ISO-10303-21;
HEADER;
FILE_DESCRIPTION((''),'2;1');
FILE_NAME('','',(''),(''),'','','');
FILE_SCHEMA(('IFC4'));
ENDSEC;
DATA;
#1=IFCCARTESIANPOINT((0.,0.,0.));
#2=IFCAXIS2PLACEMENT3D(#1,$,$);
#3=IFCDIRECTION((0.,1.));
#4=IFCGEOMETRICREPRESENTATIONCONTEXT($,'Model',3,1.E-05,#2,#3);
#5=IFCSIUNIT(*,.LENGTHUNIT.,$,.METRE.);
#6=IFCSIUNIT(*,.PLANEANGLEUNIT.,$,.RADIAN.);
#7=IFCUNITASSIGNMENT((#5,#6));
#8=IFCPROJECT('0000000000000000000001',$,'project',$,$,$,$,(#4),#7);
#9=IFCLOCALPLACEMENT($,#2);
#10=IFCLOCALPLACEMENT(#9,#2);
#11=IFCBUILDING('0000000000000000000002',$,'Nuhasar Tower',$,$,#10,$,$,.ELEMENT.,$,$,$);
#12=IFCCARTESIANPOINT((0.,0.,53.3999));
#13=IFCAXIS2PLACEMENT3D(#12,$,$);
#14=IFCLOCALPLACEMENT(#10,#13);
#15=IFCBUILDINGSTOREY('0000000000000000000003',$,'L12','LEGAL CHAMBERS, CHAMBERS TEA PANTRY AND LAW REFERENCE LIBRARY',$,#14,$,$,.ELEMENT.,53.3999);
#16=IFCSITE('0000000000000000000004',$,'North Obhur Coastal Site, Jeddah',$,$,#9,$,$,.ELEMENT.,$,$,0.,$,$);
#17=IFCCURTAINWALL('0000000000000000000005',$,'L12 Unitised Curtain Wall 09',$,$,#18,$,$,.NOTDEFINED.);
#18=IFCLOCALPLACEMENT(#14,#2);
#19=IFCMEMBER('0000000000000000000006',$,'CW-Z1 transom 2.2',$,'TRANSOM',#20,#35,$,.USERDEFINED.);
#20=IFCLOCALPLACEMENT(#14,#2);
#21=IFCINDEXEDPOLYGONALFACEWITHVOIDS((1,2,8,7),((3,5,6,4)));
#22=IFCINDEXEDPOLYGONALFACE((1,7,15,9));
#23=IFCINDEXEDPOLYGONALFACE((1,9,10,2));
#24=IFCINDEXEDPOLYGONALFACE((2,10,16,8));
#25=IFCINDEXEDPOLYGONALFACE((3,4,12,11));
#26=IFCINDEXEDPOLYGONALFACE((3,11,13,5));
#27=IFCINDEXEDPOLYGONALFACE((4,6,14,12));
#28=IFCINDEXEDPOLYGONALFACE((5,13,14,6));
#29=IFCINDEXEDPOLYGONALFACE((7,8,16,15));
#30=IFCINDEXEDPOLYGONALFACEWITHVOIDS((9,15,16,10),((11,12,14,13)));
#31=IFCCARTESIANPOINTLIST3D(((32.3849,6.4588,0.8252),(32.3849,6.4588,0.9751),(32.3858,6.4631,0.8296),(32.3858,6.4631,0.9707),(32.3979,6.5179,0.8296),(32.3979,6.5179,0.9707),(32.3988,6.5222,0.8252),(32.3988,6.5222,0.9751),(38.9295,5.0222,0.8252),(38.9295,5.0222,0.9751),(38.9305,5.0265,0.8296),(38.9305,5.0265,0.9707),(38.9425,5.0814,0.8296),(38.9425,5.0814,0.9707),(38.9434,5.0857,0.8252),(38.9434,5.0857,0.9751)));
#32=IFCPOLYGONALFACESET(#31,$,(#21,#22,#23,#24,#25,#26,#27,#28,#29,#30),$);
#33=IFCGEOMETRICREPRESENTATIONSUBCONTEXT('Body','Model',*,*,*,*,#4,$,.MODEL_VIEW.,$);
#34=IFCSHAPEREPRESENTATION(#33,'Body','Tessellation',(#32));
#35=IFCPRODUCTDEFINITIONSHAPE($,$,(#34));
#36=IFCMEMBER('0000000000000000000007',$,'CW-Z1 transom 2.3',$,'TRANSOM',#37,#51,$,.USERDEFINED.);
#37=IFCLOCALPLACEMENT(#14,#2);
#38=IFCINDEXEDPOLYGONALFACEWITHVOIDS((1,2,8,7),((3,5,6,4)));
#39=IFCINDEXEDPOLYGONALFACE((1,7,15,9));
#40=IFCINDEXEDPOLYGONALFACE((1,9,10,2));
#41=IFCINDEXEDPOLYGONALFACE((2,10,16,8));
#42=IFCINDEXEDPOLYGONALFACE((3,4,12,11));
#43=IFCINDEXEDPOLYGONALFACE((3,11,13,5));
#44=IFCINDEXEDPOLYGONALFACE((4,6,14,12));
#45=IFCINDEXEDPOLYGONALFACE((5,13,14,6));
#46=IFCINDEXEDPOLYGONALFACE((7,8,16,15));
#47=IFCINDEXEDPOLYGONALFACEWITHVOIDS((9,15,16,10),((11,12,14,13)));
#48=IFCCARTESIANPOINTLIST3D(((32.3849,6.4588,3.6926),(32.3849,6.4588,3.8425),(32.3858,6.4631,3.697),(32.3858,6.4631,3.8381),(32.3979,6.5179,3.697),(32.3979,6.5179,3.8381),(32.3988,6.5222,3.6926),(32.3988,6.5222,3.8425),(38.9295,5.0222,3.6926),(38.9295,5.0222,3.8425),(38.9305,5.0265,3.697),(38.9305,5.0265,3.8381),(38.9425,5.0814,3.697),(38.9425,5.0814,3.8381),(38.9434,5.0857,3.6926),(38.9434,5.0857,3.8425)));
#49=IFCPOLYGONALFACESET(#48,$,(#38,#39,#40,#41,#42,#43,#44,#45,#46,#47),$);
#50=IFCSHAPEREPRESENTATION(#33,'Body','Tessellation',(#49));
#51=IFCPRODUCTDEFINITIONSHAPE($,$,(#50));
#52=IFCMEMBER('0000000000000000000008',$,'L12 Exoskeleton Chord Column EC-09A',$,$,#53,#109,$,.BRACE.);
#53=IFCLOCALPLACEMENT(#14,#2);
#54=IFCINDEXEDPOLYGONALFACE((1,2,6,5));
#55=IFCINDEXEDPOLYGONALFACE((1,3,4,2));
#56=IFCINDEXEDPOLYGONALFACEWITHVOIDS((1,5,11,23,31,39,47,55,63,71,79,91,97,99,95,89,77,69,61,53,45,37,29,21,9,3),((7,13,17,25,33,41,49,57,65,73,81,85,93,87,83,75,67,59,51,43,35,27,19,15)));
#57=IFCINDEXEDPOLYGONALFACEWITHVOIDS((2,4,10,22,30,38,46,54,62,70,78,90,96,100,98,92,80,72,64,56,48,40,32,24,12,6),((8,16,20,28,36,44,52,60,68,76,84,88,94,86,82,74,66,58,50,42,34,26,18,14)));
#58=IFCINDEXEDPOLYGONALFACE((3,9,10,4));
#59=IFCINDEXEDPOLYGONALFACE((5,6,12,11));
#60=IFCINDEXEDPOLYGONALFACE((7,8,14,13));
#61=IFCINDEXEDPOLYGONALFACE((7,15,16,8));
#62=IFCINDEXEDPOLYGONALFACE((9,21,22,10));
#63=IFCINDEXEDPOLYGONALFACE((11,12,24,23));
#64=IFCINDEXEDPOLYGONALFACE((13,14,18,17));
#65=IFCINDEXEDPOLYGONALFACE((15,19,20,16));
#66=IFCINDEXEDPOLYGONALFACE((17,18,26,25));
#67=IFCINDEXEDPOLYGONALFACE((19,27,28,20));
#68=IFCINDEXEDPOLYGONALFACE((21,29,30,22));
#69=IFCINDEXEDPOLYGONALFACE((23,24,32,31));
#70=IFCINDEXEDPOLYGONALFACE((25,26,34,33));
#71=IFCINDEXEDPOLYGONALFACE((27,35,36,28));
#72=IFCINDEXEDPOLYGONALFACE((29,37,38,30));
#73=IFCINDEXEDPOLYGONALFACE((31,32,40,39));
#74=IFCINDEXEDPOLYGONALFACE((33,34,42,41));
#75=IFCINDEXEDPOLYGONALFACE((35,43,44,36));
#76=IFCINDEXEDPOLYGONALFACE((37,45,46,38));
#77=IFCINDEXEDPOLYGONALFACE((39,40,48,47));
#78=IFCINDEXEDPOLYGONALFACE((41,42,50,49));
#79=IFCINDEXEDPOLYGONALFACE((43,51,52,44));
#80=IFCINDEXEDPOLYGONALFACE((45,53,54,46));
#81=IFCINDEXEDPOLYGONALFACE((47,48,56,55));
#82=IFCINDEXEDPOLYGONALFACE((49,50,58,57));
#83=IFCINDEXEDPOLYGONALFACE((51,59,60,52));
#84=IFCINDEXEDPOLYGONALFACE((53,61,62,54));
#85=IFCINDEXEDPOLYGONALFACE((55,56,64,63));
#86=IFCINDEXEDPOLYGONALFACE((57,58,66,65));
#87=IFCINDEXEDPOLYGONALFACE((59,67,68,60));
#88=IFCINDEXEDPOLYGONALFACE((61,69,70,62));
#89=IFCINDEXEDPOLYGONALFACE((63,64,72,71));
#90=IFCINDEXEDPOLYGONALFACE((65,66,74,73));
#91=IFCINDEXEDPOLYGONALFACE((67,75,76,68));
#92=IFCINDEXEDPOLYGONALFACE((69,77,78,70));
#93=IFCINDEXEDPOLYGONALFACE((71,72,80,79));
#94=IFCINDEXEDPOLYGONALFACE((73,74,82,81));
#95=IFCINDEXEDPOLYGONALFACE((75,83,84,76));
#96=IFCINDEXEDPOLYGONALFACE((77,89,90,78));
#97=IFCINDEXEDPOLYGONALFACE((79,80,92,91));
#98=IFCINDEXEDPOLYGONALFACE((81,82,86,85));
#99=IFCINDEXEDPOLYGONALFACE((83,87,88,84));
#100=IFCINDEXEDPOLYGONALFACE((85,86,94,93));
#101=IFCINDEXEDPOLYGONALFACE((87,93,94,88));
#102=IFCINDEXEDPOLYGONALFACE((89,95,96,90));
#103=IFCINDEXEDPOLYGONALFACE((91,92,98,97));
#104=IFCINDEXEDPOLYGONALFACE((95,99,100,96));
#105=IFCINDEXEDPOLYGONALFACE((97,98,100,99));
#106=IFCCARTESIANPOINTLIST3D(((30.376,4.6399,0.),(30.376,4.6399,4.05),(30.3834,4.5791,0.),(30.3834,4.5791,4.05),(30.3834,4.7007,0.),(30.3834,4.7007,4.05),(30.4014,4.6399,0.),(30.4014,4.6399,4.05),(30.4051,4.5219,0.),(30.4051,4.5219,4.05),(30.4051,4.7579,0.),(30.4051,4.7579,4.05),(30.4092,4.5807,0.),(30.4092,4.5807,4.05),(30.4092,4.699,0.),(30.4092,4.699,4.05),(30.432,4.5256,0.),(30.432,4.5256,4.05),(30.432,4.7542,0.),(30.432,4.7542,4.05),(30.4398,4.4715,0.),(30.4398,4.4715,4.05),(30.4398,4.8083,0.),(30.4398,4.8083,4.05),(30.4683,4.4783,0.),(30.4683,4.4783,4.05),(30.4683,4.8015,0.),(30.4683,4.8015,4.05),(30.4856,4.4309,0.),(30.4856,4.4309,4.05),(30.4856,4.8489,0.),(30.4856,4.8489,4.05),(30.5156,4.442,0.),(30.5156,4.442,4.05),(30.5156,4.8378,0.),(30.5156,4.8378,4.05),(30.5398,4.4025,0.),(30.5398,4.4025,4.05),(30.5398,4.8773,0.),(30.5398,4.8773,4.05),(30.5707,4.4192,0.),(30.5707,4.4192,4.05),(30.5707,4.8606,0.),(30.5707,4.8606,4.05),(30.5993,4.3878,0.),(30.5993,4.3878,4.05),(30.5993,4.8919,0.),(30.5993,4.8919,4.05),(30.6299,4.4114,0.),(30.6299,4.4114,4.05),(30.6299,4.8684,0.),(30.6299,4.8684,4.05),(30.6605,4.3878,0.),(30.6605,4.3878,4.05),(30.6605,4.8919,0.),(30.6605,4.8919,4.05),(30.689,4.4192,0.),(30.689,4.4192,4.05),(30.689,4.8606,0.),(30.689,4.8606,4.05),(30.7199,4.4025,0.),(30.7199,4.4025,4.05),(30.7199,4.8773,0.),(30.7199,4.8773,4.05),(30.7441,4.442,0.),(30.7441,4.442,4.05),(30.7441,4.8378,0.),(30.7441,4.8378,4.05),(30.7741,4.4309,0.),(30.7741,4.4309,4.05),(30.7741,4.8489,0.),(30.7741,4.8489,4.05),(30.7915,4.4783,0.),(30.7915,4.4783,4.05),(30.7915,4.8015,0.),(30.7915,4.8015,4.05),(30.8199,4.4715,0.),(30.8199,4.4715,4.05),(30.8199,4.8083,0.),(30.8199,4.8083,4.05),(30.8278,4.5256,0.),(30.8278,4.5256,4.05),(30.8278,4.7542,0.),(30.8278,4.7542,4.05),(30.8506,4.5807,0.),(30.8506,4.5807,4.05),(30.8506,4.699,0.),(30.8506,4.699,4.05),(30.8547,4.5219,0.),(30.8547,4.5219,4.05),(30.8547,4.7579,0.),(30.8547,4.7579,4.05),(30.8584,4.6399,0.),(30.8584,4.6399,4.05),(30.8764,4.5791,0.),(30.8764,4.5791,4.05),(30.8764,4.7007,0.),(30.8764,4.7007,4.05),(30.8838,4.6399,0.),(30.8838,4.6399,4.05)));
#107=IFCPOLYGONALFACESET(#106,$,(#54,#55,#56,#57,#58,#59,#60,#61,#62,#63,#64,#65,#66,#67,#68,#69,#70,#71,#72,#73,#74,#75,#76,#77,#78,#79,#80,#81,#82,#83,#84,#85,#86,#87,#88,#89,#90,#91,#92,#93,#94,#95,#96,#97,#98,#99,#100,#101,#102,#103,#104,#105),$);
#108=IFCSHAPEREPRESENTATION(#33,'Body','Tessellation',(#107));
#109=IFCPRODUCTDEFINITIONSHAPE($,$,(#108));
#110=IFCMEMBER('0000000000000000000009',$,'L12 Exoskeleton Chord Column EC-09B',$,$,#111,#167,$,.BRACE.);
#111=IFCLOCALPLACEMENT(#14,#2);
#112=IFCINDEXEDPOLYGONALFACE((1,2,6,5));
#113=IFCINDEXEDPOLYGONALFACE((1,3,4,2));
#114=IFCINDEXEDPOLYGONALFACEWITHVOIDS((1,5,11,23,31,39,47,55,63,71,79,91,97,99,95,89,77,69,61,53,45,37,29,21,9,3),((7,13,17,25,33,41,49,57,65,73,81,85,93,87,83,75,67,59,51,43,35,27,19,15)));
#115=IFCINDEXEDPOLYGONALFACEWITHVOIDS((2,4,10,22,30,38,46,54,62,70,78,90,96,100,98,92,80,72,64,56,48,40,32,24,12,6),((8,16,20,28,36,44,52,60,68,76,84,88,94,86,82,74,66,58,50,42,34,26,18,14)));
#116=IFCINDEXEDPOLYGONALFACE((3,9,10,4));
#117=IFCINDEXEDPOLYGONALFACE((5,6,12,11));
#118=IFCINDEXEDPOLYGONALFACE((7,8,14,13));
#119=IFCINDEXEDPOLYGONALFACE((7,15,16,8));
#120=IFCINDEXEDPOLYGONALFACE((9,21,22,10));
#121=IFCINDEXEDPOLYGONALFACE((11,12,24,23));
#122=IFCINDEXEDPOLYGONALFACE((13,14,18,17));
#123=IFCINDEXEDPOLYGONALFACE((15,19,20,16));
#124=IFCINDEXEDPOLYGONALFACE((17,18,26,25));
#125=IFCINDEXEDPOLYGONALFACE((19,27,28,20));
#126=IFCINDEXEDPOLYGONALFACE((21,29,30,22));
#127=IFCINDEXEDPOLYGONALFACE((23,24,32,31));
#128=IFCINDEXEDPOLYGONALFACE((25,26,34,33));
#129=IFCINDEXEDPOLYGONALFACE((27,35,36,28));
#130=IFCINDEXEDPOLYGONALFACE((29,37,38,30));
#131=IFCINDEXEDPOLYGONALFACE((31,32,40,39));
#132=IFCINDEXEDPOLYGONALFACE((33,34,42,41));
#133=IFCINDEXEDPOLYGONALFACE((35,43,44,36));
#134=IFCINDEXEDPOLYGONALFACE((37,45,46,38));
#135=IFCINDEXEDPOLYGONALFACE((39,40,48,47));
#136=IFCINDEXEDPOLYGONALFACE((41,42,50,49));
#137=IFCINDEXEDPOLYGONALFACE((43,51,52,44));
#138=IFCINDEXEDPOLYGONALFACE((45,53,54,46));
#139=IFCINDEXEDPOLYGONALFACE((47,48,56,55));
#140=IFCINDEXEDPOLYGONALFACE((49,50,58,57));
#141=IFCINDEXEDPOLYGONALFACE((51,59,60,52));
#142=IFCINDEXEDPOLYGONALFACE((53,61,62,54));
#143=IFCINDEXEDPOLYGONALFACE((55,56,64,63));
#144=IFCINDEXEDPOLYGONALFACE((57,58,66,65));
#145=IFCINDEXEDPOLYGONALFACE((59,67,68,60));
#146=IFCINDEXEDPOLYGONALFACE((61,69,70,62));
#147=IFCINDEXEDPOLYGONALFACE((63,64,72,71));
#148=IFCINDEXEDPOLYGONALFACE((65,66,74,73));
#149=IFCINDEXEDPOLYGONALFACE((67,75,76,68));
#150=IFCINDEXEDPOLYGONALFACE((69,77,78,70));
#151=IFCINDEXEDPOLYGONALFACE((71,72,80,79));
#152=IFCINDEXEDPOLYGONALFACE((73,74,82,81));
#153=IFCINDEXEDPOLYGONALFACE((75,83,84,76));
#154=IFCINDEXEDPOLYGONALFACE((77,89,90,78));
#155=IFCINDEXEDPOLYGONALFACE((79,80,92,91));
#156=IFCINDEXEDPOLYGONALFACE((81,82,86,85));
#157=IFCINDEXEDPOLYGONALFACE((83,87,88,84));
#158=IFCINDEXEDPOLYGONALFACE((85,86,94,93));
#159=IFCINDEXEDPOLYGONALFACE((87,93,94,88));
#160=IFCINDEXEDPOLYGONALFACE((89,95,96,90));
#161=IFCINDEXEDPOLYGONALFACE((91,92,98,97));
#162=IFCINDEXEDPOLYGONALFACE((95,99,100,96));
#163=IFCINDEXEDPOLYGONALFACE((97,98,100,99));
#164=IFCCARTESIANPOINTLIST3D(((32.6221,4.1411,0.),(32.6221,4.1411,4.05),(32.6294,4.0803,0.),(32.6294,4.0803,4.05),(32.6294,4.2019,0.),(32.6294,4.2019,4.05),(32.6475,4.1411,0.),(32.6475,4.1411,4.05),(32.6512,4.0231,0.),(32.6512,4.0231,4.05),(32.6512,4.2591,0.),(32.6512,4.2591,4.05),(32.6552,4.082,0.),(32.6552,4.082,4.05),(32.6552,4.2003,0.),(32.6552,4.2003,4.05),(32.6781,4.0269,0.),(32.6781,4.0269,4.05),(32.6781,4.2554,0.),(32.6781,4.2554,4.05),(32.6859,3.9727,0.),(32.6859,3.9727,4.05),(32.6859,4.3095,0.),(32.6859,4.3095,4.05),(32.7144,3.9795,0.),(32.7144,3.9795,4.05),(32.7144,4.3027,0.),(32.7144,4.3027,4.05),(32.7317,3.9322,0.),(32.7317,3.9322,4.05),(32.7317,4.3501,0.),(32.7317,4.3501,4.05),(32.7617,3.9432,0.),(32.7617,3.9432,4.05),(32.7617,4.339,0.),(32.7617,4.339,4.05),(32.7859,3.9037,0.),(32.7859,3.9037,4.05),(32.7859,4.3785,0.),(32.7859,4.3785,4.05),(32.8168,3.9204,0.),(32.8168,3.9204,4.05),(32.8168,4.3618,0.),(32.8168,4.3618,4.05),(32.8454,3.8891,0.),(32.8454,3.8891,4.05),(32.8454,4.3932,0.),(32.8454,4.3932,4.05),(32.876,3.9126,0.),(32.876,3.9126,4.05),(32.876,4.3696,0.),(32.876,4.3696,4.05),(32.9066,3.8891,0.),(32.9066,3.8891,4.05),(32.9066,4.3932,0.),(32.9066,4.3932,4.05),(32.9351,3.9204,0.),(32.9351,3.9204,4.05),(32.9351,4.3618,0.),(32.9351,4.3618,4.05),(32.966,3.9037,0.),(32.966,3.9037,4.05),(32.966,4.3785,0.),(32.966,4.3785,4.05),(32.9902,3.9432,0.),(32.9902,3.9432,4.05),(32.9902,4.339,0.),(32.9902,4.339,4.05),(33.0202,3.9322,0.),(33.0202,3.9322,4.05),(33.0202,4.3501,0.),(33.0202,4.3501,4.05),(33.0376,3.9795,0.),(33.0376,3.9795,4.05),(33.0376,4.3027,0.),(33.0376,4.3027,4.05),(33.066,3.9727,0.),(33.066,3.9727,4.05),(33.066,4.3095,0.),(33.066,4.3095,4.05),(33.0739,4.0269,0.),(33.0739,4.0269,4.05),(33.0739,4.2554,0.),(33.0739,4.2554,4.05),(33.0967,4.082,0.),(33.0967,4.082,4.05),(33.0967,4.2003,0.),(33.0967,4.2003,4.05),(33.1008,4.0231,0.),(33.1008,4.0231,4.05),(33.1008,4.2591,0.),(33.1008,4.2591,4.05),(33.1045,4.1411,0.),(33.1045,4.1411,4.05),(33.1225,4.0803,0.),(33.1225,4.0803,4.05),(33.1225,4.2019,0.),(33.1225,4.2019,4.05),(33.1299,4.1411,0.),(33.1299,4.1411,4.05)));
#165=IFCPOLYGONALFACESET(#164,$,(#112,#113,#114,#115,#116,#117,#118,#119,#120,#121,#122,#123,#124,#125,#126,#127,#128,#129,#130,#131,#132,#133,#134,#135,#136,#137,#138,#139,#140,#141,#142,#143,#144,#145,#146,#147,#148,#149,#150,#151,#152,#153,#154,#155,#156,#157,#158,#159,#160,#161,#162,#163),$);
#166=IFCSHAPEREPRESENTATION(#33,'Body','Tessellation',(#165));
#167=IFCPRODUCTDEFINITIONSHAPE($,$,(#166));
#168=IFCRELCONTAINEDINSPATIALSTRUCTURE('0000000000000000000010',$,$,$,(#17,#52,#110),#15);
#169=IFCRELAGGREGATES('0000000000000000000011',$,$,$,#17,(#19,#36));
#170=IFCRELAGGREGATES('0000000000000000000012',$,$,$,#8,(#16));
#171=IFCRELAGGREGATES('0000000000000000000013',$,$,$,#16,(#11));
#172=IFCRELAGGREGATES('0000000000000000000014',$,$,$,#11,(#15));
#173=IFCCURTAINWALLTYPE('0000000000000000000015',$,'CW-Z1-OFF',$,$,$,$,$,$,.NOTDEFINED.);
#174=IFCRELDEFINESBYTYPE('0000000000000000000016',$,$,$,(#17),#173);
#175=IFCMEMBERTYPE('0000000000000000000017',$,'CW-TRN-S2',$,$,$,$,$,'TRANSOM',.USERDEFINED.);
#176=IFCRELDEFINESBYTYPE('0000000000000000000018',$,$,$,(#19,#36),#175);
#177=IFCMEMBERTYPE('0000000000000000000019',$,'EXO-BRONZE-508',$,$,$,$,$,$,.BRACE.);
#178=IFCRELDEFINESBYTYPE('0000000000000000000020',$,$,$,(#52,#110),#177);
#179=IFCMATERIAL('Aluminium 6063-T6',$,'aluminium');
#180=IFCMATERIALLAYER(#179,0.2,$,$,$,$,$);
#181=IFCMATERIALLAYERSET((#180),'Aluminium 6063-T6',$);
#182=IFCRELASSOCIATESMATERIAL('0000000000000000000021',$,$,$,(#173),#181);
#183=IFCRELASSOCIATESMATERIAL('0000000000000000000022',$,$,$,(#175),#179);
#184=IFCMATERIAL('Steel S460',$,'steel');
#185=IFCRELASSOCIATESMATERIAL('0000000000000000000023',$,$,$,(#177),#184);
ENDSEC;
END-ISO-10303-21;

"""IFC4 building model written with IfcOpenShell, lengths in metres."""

from ifc_helpers import new_model, si_unit, direction, frame, origin, origin_2d, place, context, subcontext, project, spatial, hollow_rectangle, hollow_circle, extrude, material, layer, layer_set, material_profile, profile_set, type_object, element, aggregate, save


model = new_model("IFC4")

# Units and contexts
model_context = context("Model", 3, precision=1e-05, world=origin(), true_north=direction((0.0, 1.0)))
body_context = subcontext(model_context, "Body", "Model", "MODEL_VIEW")
ifc_project = project(units=[si_unit("LENGTHUNIT", "METRE"), si_unit("PLANEANGLEUNIT", "RADIAN")], contexts=[model_context])

# Site, building, storey
site_placement = place(None, origin())
site = spatial("IfcSite", under=ifc_project, at=site_placement, Name="North Obhur Coastal Site, Jeddah", CompositionType="ELEMENT", RefElevation=0.0)
building_placement = place(site_placement, origin())
building = spatial("IfcBuilding", under=site, at=building_placement, Name="Nuhasar Tower", CompositionType="ELEMENT")
storey_placement = place(building_placement, frame((0.0, 0.0, 53.3999)))
storey = spatial("IfcBuildingStorey", under=building, at=storey_placement, Name="L12", Description="LEGAL CHAMBERS, CHAMBERS TEA PANTRY AND LAW REFERENCE LIBRARY", CompositionType="ELEMENT", Elevation=53.3999)

# Curtain wall, members
ifc_material_1 = material(Name="Aluminium 6063-T6", Category="aluminium")
ifc_layer_1 = layer(ifc_material_1, 0.2)
ifc_layer_set_1 = layer_set([ifc_layer_1], Name="Aluminium 6063-T6")
curtain_wall_type = type_object("IfcCurtainWallType", Name="CW-Z1-OFF", PredefinedType="NOTDEFINED", material=ifc_layer_set_1)
curtain_wall_placement = place(storey_placement, origin())
curtain_wall = element("IfcCurtainWall", 1, at=curtain_wall_placement, inside=storey, type_object=curtain_wall_type, Name="L12 Unitised Curtain Wall 09", PredefinedType="NOTDEFINED")
ifc_material_profile_1 = material_profile(ifc_material_1, hollow_rectangle(XDim=0.0649, YDim=0.1499, WallThickness=0.0044, at=origin_2d()), Name="CWT-2")
ifc_profile_set_1 = profile_set([ifc_material_profile_1], Name="Aluminium 6063-T6")
member_type_1 = type_object("IfcMemberType", Name="CW-TRN-S2", ElementType="TRANSOM", PredefinedType="USERDEFINED", material=ifc_profile_set_1)
member_1_placement = place(storey_placement, frame((32.3918, 6.4905, 0.9001), z_axis=(0.976748, -0.214391, 0.0), x_axis=(0.214391, 0.976748, 0.0)))
member_1 = element("IfcMember", 2, at=member_1_placement, type_object=member_type_1, Name="CW-Z1 transom 2.2", ObjectType="TRANSOM", PredefinedType="USERDEFINED", context=body_context, shape_type="SweptSolid", body=[
    extrude(hollow_rectangle(XDim=0.0649, YDim=0.1499, WallThickness=0.0044, at=origin_2d()), origin(), (0.0, 0.0, 1.0), 6.7004),
])
member_2_placement = place(storey_placement, frame((32.3918, 6.4905, 3.7676), z_axis=(0.976748, -0.214391, 0.0), x_axis=(0.214391, 0.976748, 0.0)))
member_2 = element("IfcMember", 3, at=member_2_placement, type_object=member_type_1, Name="CW-Z1 transom 2.3", ObjectType="TRANSOM", PredefinedType="USERDEFINED", context=body_context, shape_type="SweptSolid", body=[
    extrude(hollow_rectangle(XDim=0.0649, YDim=0.1499, WallThickness=0.0044, at=origin_2d()), origin(), (0.0, 0.0, 1.0), 6.7004),
])

# Members
ifc_material_2 = material(Name="Steel S460", Category="steel")
ifc_material_profile_2 = material_profile(ifc_material_2, hollow_circle(Radius=0.2539, WallThickness=0.0254, at=origin_2d()), Name="HSS508X25.4")
ifc_profile_set_2 = profile_set([ifc_material_profile_2], Name="Steel S460")
member_type_2 = type_object("IfcMemberType", Name="EXO-BRONZE-508", PredefinedType="BRACE", material=ifc_profile_set_2)
for number, where, z_axis, x_axis, name in (
    (4, (30.6299, 4.6399, 0.0), (0.0, 0.0, 1.0), (1.0, 0.0, 0.0), "L12 Exoskeleton Chord Column EC-09A"),
    (5, (32.876, 4.1411, 0.0), (0.0, 0.0, 1.0), (1.0, 0.0, 0.0), "L12 Exoskeleton Chord Column EC-09B"),
):
    element("IfcMember", number, at=place(storey_placement, frame(where, z_axis=z_axis, x_axis=x_axis)), inside=storey, type_object=member_type_2, Name=name, PredefinedType="BRACE", context=body_context, shape_type="SweptSolid", body=[
        extrude(hollow_circle(Radius=0.2539, WallThickness=0.0254, at=origin_2d()), origin(), (0.0, 0.0, 1.0), 4.05),
    ])

aggregate(curtain_wall, [member_1, member_2])

save(model, "model.ifc")
